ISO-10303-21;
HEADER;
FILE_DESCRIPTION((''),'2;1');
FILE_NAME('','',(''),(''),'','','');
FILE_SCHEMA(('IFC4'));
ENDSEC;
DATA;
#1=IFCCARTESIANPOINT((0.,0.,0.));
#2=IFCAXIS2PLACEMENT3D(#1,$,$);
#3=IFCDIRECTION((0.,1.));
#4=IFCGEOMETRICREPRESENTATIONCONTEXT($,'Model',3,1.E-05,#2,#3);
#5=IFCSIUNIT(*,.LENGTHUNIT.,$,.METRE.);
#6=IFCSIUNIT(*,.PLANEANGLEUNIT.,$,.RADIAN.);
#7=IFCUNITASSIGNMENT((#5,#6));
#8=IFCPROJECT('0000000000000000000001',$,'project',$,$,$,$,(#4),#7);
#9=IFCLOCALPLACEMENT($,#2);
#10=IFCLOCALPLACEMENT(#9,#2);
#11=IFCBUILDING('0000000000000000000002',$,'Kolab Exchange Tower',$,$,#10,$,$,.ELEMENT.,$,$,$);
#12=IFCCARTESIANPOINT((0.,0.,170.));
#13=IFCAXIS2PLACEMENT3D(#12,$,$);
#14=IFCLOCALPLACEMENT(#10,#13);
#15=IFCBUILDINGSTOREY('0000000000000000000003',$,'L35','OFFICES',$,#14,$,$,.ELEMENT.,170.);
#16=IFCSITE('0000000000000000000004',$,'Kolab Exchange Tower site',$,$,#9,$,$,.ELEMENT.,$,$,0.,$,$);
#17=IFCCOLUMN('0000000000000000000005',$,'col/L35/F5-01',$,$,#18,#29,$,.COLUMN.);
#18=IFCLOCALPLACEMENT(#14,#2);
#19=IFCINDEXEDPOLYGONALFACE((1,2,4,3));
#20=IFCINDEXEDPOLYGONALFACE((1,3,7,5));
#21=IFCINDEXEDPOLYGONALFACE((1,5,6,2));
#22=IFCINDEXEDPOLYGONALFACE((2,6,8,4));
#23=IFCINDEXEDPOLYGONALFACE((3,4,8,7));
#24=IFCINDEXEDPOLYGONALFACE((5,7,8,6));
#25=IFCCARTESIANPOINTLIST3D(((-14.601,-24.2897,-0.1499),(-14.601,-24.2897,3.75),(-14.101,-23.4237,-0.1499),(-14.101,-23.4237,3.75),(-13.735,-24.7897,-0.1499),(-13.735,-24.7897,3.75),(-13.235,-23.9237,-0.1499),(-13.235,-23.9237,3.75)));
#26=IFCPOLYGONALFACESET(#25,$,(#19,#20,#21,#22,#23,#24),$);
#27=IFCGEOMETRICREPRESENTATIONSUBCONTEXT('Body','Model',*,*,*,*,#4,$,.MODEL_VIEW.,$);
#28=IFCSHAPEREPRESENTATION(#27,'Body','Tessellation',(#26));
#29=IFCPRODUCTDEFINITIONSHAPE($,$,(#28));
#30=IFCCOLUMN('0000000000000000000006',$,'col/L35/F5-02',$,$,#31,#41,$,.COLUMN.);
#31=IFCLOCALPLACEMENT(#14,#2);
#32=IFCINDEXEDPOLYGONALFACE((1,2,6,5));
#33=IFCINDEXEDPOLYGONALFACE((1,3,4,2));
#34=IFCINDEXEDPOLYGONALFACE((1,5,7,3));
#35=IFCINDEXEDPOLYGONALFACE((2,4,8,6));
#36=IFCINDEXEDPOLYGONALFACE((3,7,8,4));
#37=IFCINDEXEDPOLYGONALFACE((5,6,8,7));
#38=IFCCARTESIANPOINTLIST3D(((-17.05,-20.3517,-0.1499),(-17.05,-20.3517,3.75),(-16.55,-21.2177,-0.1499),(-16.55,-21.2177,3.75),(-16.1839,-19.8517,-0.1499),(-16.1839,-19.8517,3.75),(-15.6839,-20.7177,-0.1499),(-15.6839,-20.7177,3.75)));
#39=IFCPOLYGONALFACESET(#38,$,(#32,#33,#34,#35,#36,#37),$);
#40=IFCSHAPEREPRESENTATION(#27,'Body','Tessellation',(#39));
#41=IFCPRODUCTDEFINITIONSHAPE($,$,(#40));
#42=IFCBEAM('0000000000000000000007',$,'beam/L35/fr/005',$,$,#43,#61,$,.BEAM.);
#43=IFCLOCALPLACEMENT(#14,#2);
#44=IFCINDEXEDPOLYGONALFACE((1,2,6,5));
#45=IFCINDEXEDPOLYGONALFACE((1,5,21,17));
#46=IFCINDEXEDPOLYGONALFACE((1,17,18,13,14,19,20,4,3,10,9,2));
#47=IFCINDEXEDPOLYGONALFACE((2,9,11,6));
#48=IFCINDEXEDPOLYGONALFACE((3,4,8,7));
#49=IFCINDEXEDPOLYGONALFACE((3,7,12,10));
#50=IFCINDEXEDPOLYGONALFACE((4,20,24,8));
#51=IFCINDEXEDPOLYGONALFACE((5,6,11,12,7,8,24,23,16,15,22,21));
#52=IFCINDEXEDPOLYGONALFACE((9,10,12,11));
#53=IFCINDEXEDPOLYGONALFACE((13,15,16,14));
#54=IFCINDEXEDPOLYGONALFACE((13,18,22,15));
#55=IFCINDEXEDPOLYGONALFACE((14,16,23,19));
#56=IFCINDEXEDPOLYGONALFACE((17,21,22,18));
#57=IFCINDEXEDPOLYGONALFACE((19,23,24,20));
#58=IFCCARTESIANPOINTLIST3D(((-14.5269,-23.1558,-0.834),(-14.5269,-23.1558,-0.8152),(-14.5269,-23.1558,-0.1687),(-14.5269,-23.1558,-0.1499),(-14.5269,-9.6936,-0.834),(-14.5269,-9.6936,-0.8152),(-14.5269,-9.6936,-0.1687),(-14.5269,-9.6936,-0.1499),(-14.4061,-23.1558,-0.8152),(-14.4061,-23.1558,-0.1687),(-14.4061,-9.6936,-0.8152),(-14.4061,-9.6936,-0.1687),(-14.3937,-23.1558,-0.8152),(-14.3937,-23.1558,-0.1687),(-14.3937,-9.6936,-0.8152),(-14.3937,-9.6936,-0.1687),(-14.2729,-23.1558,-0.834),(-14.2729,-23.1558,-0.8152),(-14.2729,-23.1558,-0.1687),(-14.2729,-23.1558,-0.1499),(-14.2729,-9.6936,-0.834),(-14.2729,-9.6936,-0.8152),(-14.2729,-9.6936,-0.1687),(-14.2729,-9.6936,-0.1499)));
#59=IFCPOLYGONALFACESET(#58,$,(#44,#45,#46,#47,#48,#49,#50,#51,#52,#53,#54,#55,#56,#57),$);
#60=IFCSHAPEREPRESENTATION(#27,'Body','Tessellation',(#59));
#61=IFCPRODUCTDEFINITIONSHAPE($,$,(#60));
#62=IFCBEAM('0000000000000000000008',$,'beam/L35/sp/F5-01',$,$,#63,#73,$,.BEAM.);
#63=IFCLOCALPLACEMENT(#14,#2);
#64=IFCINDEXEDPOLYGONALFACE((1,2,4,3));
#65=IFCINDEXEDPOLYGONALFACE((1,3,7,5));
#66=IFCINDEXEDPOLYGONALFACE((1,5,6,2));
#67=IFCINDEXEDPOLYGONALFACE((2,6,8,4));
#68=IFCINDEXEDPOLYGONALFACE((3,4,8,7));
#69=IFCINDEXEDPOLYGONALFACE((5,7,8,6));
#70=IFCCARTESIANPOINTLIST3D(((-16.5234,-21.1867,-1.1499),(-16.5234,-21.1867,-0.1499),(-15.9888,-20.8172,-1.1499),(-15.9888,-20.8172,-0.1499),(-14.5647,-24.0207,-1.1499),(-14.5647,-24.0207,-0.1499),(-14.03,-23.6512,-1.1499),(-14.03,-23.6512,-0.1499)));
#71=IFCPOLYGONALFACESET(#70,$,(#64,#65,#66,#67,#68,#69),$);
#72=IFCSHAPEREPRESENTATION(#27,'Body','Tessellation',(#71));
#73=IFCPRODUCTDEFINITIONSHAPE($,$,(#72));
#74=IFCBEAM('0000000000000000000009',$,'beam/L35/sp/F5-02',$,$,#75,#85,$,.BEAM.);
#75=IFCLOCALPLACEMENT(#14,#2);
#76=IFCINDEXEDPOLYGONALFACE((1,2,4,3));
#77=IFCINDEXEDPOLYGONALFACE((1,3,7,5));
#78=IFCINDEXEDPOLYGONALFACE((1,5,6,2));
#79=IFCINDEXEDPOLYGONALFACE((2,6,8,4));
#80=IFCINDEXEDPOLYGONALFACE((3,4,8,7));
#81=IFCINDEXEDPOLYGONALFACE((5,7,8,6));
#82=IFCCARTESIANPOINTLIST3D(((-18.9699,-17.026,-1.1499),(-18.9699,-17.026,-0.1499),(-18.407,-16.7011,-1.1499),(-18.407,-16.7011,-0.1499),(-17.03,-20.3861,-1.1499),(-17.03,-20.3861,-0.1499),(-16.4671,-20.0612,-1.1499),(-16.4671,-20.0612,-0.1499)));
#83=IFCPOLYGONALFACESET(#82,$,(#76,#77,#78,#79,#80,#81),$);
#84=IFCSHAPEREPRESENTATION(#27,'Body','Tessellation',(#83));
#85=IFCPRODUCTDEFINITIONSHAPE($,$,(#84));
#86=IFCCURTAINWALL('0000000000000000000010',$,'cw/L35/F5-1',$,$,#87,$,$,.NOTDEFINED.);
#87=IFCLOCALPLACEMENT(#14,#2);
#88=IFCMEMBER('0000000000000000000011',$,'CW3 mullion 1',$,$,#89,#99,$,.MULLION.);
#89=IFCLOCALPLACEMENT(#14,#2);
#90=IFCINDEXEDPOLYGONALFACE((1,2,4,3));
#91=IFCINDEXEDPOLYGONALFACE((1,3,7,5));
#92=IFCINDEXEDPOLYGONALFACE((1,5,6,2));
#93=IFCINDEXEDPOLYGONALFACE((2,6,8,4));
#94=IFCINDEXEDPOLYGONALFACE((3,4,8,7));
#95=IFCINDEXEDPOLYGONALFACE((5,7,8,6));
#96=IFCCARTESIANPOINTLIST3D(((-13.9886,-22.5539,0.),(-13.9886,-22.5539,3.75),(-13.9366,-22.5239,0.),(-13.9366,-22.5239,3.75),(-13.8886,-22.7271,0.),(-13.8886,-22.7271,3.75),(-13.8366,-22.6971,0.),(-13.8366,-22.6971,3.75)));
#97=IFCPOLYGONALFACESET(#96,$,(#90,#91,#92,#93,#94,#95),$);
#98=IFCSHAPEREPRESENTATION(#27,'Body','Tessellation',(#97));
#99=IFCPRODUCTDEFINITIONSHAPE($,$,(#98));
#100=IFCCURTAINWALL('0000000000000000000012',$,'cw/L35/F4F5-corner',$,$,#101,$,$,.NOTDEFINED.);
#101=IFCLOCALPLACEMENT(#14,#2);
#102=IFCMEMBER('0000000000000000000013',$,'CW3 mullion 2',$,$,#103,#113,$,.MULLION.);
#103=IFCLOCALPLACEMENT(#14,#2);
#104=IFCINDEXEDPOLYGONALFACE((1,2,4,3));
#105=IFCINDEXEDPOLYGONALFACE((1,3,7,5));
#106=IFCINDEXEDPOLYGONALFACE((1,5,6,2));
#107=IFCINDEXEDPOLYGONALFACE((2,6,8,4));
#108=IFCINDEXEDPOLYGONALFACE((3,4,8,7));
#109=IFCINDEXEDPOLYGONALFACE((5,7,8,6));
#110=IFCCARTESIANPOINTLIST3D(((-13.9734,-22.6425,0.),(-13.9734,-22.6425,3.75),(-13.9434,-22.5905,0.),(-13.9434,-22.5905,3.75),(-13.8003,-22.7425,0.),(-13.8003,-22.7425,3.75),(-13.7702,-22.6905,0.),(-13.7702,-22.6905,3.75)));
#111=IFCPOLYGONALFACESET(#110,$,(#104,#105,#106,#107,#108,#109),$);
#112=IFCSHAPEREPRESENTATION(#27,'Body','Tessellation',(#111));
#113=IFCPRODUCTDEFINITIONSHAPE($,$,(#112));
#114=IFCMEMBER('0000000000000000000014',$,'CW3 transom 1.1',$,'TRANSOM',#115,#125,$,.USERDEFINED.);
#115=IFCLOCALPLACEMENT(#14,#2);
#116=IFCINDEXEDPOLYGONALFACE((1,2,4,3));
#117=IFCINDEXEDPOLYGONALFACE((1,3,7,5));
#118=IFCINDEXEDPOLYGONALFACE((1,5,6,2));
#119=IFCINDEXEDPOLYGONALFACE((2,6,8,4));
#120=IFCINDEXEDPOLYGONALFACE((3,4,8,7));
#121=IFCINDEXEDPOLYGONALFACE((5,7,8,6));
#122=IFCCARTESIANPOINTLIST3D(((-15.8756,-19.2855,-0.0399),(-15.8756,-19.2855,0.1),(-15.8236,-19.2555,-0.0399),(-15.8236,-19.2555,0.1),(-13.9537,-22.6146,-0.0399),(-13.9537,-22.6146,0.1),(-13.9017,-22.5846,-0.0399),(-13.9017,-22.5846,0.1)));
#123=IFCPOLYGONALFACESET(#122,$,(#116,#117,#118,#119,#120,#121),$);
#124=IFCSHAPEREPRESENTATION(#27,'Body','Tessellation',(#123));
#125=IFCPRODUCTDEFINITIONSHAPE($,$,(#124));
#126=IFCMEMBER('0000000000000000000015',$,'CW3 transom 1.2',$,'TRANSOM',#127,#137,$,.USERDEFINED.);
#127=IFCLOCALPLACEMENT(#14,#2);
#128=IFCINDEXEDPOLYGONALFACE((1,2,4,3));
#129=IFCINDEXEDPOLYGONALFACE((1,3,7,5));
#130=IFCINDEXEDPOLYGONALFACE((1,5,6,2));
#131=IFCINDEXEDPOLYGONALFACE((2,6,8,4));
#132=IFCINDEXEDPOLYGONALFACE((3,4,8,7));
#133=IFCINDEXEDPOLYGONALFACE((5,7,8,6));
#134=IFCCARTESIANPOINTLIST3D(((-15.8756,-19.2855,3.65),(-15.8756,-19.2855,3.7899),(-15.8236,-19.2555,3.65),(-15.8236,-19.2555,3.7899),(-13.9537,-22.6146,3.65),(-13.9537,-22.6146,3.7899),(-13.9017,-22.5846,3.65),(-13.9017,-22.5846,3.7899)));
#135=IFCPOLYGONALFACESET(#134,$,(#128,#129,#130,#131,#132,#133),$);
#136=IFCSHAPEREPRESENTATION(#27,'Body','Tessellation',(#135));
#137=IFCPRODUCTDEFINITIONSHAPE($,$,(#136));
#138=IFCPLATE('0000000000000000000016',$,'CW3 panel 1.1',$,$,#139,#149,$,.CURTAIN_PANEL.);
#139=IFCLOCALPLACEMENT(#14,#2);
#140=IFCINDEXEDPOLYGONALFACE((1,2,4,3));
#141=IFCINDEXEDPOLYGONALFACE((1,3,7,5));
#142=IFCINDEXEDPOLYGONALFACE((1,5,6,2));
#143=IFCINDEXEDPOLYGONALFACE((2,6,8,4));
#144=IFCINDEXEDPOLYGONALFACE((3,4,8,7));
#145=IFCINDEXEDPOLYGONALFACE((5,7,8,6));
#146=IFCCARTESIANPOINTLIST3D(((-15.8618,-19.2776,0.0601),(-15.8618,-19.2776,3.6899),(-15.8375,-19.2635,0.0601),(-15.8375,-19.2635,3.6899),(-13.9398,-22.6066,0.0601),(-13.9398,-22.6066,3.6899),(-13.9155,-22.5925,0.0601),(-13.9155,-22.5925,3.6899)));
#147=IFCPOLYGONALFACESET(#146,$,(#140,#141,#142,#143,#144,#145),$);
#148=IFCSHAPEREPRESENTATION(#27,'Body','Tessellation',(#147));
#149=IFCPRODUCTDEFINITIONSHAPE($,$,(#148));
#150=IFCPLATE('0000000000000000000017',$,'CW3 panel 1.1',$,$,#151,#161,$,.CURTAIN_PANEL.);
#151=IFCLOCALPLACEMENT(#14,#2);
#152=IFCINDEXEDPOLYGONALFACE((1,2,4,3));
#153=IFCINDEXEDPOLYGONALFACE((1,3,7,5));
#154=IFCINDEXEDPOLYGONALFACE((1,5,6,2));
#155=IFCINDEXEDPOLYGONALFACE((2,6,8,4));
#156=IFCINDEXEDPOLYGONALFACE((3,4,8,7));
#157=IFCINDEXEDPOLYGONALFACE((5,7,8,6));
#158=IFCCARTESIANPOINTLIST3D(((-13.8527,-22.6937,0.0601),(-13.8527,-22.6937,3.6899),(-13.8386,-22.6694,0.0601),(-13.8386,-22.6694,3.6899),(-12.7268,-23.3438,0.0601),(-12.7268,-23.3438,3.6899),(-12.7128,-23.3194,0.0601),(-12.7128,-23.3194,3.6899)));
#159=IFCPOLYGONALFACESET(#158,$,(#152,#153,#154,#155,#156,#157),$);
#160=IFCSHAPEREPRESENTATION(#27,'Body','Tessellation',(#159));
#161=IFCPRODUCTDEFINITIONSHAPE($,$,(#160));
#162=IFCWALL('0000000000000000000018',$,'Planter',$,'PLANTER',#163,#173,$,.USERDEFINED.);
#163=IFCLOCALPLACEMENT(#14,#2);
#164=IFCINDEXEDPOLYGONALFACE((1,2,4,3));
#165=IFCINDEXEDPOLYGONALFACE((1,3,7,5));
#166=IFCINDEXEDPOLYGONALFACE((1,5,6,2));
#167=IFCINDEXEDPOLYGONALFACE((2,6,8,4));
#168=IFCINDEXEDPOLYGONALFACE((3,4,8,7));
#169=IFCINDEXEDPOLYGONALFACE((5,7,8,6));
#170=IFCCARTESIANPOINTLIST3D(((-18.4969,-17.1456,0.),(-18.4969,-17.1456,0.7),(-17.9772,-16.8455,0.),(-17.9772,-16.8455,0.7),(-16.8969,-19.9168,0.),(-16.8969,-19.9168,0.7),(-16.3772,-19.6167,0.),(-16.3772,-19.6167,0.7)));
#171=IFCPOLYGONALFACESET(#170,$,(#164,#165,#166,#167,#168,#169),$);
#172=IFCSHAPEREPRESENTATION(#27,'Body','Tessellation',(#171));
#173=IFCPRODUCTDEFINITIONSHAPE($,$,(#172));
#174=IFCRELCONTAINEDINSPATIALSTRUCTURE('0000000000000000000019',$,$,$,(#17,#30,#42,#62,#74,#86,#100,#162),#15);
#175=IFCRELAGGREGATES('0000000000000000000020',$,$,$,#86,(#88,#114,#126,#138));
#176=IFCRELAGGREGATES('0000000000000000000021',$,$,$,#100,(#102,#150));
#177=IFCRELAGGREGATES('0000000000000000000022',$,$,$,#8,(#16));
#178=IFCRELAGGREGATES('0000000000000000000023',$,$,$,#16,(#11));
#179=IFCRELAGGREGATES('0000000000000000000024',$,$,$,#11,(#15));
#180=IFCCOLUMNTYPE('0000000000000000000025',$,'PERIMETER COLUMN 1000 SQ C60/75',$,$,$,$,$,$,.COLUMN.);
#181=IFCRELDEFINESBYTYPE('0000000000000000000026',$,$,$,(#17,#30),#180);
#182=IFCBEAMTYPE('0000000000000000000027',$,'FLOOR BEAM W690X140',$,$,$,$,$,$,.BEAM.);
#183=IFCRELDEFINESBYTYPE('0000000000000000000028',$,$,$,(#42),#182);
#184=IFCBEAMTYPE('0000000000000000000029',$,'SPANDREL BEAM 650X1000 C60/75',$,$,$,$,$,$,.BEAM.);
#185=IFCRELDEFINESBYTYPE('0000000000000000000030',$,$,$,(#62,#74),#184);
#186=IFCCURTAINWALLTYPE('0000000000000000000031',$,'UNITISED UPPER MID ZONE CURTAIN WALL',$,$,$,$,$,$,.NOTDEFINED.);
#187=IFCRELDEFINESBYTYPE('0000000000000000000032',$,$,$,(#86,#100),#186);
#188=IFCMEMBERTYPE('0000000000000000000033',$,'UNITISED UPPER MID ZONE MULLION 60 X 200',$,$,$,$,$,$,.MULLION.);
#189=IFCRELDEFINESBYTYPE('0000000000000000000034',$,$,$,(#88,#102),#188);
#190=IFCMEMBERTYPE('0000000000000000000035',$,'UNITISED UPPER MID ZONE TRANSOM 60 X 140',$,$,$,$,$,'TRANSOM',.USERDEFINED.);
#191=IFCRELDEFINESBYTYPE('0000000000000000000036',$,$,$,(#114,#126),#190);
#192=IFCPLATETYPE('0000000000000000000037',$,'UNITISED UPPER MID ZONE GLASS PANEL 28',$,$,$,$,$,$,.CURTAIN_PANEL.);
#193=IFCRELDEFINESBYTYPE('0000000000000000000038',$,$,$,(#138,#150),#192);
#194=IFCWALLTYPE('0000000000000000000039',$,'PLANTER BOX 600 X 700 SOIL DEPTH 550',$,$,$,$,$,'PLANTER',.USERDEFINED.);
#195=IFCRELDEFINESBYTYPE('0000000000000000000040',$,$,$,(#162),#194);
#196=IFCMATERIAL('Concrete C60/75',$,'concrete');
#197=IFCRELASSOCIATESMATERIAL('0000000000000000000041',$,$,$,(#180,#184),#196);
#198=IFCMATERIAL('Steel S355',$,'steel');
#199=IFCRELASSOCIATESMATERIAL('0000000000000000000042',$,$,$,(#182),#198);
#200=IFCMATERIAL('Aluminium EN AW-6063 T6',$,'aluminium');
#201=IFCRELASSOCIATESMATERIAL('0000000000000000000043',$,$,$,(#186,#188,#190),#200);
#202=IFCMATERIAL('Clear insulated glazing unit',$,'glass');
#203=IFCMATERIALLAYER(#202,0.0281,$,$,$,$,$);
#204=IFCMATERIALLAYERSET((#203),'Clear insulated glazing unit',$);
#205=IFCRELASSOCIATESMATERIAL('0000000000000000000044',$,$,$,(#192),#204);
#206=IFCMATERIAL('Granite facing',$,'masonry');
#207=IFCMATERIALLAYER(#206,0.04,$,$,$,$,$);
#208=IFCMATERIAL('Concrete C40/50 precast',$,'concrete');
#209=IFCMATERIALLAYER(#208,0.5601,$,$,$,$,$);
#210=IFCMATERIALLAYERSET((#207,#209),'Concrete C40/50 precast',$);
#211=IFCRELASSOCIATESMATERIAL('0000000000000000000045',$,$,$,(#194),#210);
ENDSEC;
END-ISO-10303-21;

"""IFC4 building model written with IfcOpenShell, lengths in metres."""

from ifc_helpers import new_model, si_unit, direction, frame, frame_2d, origin, origin_2d, place, context, subcontext, project, spatial, rectangle, i_section, extrude, material, layer, layer_set, material_profile, profile_set, type_object, element, aggregate, save


model = new_model("IFC4")

# Units and contexts
model_context = context("Model", 3, precision=1e-05, world=origin(), true_north=direction((0.0, 1.0)))
body_context = subcontext(model_context, "Body", "Model", "MODEL_VIEW")
ifc_project = project(units=[si_unit("LENGTHUNIT", "METRE"), si_unit("PLANEANGLEUNIT", "RADIAN")], contexts=[model_context])

# Site, building, storey
site_placement = place(None, origin())
site = spatial("IfcSite", under=ifc_project, at=site_placement, Name="Kolab Exchange Tower site", CompositionType="ELEMENT", RefElevation=0.0)
building_placement = place(site_placement, origin())
building = spatial("IfcBuilding", under=site, at=building_placement, Name="Kolab Exchange Tower", CompositionType="ELEMENT")
storey_placement = place(building_placement, frame((0.0, 0.0, 170.0)))
storey = spatial("IfcBuildingStorey", under=building, at=storey_placement, Name="L35", Description="OFFICES", CompositionType="ELEMENT", Elevation=170.0)

# Columns
ifc_material_1 = material(Name="Concrete C60/75", Category="concrete")
ifc_material_profile_1 = material_profile(ifc_material_1, rectangle(XDim=1.0, YDim=1.0, at=origin_2d()), Name="RC1000")
ifc_profile_set_1 = profile_set([ifc_material_profile_1], Name="Concrete C60/75")
column_type = type_object("IfcColumnType", Name="PERIMETER COLUMN 1000 SQ C60/75", PredefinedType="COLUMN", material=ifc_profile_set_1)
for number, where, z_axis, x_axis, name in (
    (1, (-13.918, -24.1067, -0.1499), (0.0, 0.0, 1.0), (0.5, 0.866025, 0.0), "col/L35/F5-01"),
    (2, (-16.3669, -20.5347, -0.1499), (0.0, 0.0, 1.0), (0.866025, 0.5, 0.0), "col/L35/F5-02"),
):
    element("IfcColumn", number, at=place(storey_placement, frame(where, z_axis=z_axis, x_axis=x_axis)), inside=storey, type_object=column_type, Name=name, PredefinedType="COLUMN", context=body_context, shape_type="SweptSolid", body=[
        extrude(rectangle(XDim=1.0, YDim=1.0, at=origin_2d()), origin(), (0.0, 0.0, 1.0), 3.8999),
    ])

# Beams
ifc_material_2 = material(Name="Steel S355", Category="steel")
ifc_material_profile_2 = material_profile(ifc_material_2, i_section(OverallWidth=0.2539, OverallDepth=0.6841, WebThickness=0.0125, FlangeThickness=0.0188, at=origin_2d()), Name="W690X140")
ifc_profile_set_2 = profile_set([ifc_material_profile_2], Name="Steel S355")
beam_type_1 = type_object("IfcBeamType", Name="FLOOR BEAM W690X140", PredefinedType="BEAM", material=ifc_profile_set_2)
beam_1_placement = place(storey_placement, frame((-14.3999, -23.1558, -0.4919), z_axis=(0.0, 1.0, 0.0), x_axis=(-1.0, 0.0, 0.0)))
element("IfcBeam", 3, at=beam_1_placement, inside=storey, type_object=beam_type_1, Name="beam/L35/fr/005", PredefinedType="BEAM", context=body_context, shape_type="SweptSolid", body=[
    extrude(i_section(OverallWidth=0.2539, OverallDepth=0.6841, WebThickness=0.0125, FlangeThickness=0.0188, at=origin_2d()), origin(), (0.0, 0.0, 1.0), 13.4622),
])
ifc_material_profile_3 = material_profile(ifc_material_1, rectangle(XDim=0.6499, YDim=1.0, at=origin_2d()), Name="RC650X1000")
ifc_profile_set_3 = profile_set([ifc_material_profile_3], Name="Concrete C60/75")
beam_type_2 = type_object("IfcBeamType", Name="SPANDREL BEAM 650X1000 C60/75", PredefinedType="BEAM", material=ifc_profile_set_3)
beam_2_placement = place(storey_placement, frame((-14.2974, -23.8359, -0.6499), z_axis=(-0.568572, 0.822633, 0.0), x_axis=(-0.822633, -0.568572, 0.0)))
element("IfcBeam", 4, at=beam_2_placement, inside=storey, type_object=beam_type_2, Name="beam/L35/sp/F5-01", PredefinedType="BEAM", context=body_context, shape_type="SweptSolid", body=[
    extrude(rectangle(XDim=0.6499, YDim=1.0, at=origin_2d()), origin(), (0.0, 0.0, 1.0), 3.4451),
])
beam_3_placement = place(storey_placement, frame((-16.7485, -20.2236, -0.6499), z_axis=(-0.499997, 0.866027, 0.0), x_axis=(-0.866027, -0.499997, 0.0)))
element("IfcBeam", 5, at=beam_3_placement, inside=storey, type_object=beam_type_2, Name="beam/L35/sp/F5-02", PredefinedType="BEAM", context=body_context, shape_type="SweptSolid", body=[
    extrude(rectangle(XDim=0.6499, YDim=1.0, at=origin_2d()), origin(), (0.0, 0.0, 1.0), 3.8799),
])

# Curtain walls, members
ifc_material_3 = material(Name="Aluminium EN AW-6063 T6", Category="aluminium")
curtain_wall_type = type_object("IfcCurtainWallType", Name="UNITISED UPPER MID ZONE CURTAIN WALL", PredefinedType="NOTDEFINED", material=ifc_material_3)
curtain_wall_1_placement = place(storey_placement, origin())
curtain_wall_1 = element("IfcCurtainWall", 6, at=curtain_wall_1_placement, inside=storey, type_object=curtain_wall_type, Name="cw/L35/F5-1", PredefinedType="NOTDEFINED")
ifc_material_profile_4 = material_profile(ifc_material_3, rectangle(XDim=0.0601, YDim=0.2, at=origin_2d()), Name="RECT 60X200")
ifc_profile_set_4 = profile_set([ifc_material_profile_4], Name="Aluminium EN AW-6063 T6")
member_type_1 = type_object("IfcMemberType", Name="UNITISED UPPER MID ZONE MULLION 60 X 200", PredefinedType="MULLION", material=ifc_profile_set_4)
member_1_placement = place(storey_placement, frame((-13.9126, -22.6255, 0.0), z_axis=(0.0, 0.0, 1.0), x_axis=(-0.866025, -0.5, 0.0)))
member_1 = element("IfcMember", 7, at=member_1_placement, type_object=member_type_1, Name="CW3 mullion 1", PredefinedType="MULLION", context=body_context, shape_type="SweptSolid", body=[
    extrude(rectangle(XDim=0.0601, YDim=0.2, at=origin_2d()), origin(), (0.0, 0.0, 1.0), 3.75),
])
curtain_wall_2_placement = place(storey_placement, origin())
curtain_wall_2 = element("IfcCurtainWall", 8, at=curtain_wall_2_placement, inside=storey, type_object=curtain_wall_type, Name="cw/L35/F4F5-corner", PredefinedType="NOTDEFINED")
member_2_placement = place(storey_placement, frame((-13.8718, -22.6665, 0.0), z_axis=(0.0, 0.0, 1.0), x_axis=(-0.5, -0.866025, 0.0)))
member_2 = element("IfcMember", 9, at=member_2_placement, type_object=member_type_1, Name="CW3 mullion 2", PredefinedType="MULLION", context=body_context, shape_type="SweptSolid", body=[
    extrude(rectangle(XDim=0.0601, YDim=0.2, at=origin_2d()), origin(), (0.0, 0.0, 1.0), 3.75),
])

# Members
ifc_material_profile_5 = material_profile(ifc_material_3, rectangle(XDim=0.0601, YDim=0.1399, at=origin_2d()), Name="RECT 60X140")
ifc_profile_set_5 = profile_set([ifc_material_profile_5], Name="Aluminium EN AW-6063 T6")
member_type_2 = type_object("IfcMemberType", Name="UNITISED UPPER MID ZONE TRANSOM 60 X 140", ElementType="TRANSOM", PredefinedType="USERDEFINED", material=ifc_profile_set_5)
member_3_placement = place(storey_placement, frame((-13.9277, -22.5996, 0.03), z_axis=(-0.499964, 0.866046, 0.0), x_axis=(-0.866046, -0.499964, 0.0)))
member_3 = element("IfcMember", 10, at=member_3_placement, type_object=member_type_2, Name="CW3 transom 1.1", ObjectType="TRANSOM", PredefinedType="USERDEFINED", context=body_context, shape_type="SweptSolid", body=[
    extrude(rectangle(XDim=0.0601, YDim=0.1399, at=origin_2d()), origin(), (0.0, 0.0, 1.0), 3.844),
])
member_4_placement = place(storey_placement, frame((-13.9277, -22.5996, 3.72), z_axis=(-0.499964, 0.866046, 0.0), x_axis=(-0.866046, -0.499964, 0.0)))
member_4 = element("IfcMember", 11, at=member_4_placement, type_object=member_type_2, Name="CW3 transom 1.2", ObjectType="TRANSOM", PredefinedType="USERDEFINED", context=body_context, shape_type="SweptSolid", body=[
    extrude(rectangle(XDim=0.0601, YDim=0.1399, at=origin_2d()), origin(), (0.0, 0.0, 1.0), 3.844),
])

# Plates
ifc_material_4 = material(Name="Clear insulated glazing unit", Category="glass")
ifc_layer_1 = layer(ifc_material_4, 0.0281)
ifc_layer_set_1 = layer_set([ifc_layer_1], Name="Clear insulated glazing unit")
plate_type = type_object("IfcPlateType", Name="UNITISED UPPER MID ZONE GLASS PANEL 28", PredefinedType="CURTAIN_PANEL", material=ifc_layer_set_1)
plate_1_placement = place(storey_placement, frame((-14.8887, -20.9351, 0.0601), z_axis=(0.0, 0.0, 1.0), x_axis=(-0.5, 0.866025, 0.0)))
plate_1 = element("IfcPlate", 12, at=plate_1_placement, type_object=plate_type, Name="CW3 panel 1.1", PredefinedType="CURTAIN_PANEL", context=body_context, shape_type="SweptSolid", body=[
    extrude(rectangle(XDim=3.844, YDim=0.0281, at=origin_2d()), origin(), (0.0, 0.0, 1.0), 3.6299),
])
aggregate(curtain_wall_1, [member_1, member_3, member_4, plate_1])
plate_2_placement = place(storey_placement, frame((-13.2827, -23.0066, 0.0601), z_axis=(0.0, 0.0, 1.0), x_axis=(-0.866025, 0.5, 0.0)))
plate_2 = element("IfcPlate", 13, at=plate_2_placement, type_object=plate_type, Name="CW3 panel 1.1", PredefinedType="CURTAIN_PANEL", context=body_context, shape_type="SweptSolid", body=[
    extrude(rectangle(XDim=1.3, YDim=0.0281, at=origin_2d()), origin(), (0.0, 0.0, 1.0), 3.6299),
])
aggregate(curtain_wall_2, [member_2, plate_2])

# Wall
ifc_material_5 = material(Name="Granite facing", Category="masonry")
ifc_layer_2 = layer(ifc_material_5, 0.04)
ifc_material_6 = material(Name="Concrete C40/50 precast", Category="concrete")
ifc_layer_3 = layer(ifc_material_6, 0.5601)
ifc_layer_set_2 = layer_set([ifc_layer_2, ifc_layer_3], Name="Concrete C40/50 precast")
wall_type = type_object("IfcWallType", Name="PLANTER BOX 600 X 700 SOIL DEPTH 550", ElementType="PLANTER", PredefinedType="USERDEFINED", material=ifc_layer_set_2)
wall_placement = place(storey_placement, frame((-16.637, -19.7668, 0.0), z_axis=(0.0, 0.0, 1.0), x_axis=(-0.500028, 0.866009, 0.0)))
element("IfcWall", 14, at=wall_placement, inside=storey, type_object=wall_type, Name="Planter", ObjectType="PLANTER", PredefinedType="USERDEFINED", context=body_context, shape_type="SweptSolid", body=[
    extrude(rectangle(XDim=3.2, YDim=0.6001, at=frame_2d((1.6001, 0.0))), origin(), (0.0, 0.0, 1.0), 0.7),
])

save(model, "model.ifc")
